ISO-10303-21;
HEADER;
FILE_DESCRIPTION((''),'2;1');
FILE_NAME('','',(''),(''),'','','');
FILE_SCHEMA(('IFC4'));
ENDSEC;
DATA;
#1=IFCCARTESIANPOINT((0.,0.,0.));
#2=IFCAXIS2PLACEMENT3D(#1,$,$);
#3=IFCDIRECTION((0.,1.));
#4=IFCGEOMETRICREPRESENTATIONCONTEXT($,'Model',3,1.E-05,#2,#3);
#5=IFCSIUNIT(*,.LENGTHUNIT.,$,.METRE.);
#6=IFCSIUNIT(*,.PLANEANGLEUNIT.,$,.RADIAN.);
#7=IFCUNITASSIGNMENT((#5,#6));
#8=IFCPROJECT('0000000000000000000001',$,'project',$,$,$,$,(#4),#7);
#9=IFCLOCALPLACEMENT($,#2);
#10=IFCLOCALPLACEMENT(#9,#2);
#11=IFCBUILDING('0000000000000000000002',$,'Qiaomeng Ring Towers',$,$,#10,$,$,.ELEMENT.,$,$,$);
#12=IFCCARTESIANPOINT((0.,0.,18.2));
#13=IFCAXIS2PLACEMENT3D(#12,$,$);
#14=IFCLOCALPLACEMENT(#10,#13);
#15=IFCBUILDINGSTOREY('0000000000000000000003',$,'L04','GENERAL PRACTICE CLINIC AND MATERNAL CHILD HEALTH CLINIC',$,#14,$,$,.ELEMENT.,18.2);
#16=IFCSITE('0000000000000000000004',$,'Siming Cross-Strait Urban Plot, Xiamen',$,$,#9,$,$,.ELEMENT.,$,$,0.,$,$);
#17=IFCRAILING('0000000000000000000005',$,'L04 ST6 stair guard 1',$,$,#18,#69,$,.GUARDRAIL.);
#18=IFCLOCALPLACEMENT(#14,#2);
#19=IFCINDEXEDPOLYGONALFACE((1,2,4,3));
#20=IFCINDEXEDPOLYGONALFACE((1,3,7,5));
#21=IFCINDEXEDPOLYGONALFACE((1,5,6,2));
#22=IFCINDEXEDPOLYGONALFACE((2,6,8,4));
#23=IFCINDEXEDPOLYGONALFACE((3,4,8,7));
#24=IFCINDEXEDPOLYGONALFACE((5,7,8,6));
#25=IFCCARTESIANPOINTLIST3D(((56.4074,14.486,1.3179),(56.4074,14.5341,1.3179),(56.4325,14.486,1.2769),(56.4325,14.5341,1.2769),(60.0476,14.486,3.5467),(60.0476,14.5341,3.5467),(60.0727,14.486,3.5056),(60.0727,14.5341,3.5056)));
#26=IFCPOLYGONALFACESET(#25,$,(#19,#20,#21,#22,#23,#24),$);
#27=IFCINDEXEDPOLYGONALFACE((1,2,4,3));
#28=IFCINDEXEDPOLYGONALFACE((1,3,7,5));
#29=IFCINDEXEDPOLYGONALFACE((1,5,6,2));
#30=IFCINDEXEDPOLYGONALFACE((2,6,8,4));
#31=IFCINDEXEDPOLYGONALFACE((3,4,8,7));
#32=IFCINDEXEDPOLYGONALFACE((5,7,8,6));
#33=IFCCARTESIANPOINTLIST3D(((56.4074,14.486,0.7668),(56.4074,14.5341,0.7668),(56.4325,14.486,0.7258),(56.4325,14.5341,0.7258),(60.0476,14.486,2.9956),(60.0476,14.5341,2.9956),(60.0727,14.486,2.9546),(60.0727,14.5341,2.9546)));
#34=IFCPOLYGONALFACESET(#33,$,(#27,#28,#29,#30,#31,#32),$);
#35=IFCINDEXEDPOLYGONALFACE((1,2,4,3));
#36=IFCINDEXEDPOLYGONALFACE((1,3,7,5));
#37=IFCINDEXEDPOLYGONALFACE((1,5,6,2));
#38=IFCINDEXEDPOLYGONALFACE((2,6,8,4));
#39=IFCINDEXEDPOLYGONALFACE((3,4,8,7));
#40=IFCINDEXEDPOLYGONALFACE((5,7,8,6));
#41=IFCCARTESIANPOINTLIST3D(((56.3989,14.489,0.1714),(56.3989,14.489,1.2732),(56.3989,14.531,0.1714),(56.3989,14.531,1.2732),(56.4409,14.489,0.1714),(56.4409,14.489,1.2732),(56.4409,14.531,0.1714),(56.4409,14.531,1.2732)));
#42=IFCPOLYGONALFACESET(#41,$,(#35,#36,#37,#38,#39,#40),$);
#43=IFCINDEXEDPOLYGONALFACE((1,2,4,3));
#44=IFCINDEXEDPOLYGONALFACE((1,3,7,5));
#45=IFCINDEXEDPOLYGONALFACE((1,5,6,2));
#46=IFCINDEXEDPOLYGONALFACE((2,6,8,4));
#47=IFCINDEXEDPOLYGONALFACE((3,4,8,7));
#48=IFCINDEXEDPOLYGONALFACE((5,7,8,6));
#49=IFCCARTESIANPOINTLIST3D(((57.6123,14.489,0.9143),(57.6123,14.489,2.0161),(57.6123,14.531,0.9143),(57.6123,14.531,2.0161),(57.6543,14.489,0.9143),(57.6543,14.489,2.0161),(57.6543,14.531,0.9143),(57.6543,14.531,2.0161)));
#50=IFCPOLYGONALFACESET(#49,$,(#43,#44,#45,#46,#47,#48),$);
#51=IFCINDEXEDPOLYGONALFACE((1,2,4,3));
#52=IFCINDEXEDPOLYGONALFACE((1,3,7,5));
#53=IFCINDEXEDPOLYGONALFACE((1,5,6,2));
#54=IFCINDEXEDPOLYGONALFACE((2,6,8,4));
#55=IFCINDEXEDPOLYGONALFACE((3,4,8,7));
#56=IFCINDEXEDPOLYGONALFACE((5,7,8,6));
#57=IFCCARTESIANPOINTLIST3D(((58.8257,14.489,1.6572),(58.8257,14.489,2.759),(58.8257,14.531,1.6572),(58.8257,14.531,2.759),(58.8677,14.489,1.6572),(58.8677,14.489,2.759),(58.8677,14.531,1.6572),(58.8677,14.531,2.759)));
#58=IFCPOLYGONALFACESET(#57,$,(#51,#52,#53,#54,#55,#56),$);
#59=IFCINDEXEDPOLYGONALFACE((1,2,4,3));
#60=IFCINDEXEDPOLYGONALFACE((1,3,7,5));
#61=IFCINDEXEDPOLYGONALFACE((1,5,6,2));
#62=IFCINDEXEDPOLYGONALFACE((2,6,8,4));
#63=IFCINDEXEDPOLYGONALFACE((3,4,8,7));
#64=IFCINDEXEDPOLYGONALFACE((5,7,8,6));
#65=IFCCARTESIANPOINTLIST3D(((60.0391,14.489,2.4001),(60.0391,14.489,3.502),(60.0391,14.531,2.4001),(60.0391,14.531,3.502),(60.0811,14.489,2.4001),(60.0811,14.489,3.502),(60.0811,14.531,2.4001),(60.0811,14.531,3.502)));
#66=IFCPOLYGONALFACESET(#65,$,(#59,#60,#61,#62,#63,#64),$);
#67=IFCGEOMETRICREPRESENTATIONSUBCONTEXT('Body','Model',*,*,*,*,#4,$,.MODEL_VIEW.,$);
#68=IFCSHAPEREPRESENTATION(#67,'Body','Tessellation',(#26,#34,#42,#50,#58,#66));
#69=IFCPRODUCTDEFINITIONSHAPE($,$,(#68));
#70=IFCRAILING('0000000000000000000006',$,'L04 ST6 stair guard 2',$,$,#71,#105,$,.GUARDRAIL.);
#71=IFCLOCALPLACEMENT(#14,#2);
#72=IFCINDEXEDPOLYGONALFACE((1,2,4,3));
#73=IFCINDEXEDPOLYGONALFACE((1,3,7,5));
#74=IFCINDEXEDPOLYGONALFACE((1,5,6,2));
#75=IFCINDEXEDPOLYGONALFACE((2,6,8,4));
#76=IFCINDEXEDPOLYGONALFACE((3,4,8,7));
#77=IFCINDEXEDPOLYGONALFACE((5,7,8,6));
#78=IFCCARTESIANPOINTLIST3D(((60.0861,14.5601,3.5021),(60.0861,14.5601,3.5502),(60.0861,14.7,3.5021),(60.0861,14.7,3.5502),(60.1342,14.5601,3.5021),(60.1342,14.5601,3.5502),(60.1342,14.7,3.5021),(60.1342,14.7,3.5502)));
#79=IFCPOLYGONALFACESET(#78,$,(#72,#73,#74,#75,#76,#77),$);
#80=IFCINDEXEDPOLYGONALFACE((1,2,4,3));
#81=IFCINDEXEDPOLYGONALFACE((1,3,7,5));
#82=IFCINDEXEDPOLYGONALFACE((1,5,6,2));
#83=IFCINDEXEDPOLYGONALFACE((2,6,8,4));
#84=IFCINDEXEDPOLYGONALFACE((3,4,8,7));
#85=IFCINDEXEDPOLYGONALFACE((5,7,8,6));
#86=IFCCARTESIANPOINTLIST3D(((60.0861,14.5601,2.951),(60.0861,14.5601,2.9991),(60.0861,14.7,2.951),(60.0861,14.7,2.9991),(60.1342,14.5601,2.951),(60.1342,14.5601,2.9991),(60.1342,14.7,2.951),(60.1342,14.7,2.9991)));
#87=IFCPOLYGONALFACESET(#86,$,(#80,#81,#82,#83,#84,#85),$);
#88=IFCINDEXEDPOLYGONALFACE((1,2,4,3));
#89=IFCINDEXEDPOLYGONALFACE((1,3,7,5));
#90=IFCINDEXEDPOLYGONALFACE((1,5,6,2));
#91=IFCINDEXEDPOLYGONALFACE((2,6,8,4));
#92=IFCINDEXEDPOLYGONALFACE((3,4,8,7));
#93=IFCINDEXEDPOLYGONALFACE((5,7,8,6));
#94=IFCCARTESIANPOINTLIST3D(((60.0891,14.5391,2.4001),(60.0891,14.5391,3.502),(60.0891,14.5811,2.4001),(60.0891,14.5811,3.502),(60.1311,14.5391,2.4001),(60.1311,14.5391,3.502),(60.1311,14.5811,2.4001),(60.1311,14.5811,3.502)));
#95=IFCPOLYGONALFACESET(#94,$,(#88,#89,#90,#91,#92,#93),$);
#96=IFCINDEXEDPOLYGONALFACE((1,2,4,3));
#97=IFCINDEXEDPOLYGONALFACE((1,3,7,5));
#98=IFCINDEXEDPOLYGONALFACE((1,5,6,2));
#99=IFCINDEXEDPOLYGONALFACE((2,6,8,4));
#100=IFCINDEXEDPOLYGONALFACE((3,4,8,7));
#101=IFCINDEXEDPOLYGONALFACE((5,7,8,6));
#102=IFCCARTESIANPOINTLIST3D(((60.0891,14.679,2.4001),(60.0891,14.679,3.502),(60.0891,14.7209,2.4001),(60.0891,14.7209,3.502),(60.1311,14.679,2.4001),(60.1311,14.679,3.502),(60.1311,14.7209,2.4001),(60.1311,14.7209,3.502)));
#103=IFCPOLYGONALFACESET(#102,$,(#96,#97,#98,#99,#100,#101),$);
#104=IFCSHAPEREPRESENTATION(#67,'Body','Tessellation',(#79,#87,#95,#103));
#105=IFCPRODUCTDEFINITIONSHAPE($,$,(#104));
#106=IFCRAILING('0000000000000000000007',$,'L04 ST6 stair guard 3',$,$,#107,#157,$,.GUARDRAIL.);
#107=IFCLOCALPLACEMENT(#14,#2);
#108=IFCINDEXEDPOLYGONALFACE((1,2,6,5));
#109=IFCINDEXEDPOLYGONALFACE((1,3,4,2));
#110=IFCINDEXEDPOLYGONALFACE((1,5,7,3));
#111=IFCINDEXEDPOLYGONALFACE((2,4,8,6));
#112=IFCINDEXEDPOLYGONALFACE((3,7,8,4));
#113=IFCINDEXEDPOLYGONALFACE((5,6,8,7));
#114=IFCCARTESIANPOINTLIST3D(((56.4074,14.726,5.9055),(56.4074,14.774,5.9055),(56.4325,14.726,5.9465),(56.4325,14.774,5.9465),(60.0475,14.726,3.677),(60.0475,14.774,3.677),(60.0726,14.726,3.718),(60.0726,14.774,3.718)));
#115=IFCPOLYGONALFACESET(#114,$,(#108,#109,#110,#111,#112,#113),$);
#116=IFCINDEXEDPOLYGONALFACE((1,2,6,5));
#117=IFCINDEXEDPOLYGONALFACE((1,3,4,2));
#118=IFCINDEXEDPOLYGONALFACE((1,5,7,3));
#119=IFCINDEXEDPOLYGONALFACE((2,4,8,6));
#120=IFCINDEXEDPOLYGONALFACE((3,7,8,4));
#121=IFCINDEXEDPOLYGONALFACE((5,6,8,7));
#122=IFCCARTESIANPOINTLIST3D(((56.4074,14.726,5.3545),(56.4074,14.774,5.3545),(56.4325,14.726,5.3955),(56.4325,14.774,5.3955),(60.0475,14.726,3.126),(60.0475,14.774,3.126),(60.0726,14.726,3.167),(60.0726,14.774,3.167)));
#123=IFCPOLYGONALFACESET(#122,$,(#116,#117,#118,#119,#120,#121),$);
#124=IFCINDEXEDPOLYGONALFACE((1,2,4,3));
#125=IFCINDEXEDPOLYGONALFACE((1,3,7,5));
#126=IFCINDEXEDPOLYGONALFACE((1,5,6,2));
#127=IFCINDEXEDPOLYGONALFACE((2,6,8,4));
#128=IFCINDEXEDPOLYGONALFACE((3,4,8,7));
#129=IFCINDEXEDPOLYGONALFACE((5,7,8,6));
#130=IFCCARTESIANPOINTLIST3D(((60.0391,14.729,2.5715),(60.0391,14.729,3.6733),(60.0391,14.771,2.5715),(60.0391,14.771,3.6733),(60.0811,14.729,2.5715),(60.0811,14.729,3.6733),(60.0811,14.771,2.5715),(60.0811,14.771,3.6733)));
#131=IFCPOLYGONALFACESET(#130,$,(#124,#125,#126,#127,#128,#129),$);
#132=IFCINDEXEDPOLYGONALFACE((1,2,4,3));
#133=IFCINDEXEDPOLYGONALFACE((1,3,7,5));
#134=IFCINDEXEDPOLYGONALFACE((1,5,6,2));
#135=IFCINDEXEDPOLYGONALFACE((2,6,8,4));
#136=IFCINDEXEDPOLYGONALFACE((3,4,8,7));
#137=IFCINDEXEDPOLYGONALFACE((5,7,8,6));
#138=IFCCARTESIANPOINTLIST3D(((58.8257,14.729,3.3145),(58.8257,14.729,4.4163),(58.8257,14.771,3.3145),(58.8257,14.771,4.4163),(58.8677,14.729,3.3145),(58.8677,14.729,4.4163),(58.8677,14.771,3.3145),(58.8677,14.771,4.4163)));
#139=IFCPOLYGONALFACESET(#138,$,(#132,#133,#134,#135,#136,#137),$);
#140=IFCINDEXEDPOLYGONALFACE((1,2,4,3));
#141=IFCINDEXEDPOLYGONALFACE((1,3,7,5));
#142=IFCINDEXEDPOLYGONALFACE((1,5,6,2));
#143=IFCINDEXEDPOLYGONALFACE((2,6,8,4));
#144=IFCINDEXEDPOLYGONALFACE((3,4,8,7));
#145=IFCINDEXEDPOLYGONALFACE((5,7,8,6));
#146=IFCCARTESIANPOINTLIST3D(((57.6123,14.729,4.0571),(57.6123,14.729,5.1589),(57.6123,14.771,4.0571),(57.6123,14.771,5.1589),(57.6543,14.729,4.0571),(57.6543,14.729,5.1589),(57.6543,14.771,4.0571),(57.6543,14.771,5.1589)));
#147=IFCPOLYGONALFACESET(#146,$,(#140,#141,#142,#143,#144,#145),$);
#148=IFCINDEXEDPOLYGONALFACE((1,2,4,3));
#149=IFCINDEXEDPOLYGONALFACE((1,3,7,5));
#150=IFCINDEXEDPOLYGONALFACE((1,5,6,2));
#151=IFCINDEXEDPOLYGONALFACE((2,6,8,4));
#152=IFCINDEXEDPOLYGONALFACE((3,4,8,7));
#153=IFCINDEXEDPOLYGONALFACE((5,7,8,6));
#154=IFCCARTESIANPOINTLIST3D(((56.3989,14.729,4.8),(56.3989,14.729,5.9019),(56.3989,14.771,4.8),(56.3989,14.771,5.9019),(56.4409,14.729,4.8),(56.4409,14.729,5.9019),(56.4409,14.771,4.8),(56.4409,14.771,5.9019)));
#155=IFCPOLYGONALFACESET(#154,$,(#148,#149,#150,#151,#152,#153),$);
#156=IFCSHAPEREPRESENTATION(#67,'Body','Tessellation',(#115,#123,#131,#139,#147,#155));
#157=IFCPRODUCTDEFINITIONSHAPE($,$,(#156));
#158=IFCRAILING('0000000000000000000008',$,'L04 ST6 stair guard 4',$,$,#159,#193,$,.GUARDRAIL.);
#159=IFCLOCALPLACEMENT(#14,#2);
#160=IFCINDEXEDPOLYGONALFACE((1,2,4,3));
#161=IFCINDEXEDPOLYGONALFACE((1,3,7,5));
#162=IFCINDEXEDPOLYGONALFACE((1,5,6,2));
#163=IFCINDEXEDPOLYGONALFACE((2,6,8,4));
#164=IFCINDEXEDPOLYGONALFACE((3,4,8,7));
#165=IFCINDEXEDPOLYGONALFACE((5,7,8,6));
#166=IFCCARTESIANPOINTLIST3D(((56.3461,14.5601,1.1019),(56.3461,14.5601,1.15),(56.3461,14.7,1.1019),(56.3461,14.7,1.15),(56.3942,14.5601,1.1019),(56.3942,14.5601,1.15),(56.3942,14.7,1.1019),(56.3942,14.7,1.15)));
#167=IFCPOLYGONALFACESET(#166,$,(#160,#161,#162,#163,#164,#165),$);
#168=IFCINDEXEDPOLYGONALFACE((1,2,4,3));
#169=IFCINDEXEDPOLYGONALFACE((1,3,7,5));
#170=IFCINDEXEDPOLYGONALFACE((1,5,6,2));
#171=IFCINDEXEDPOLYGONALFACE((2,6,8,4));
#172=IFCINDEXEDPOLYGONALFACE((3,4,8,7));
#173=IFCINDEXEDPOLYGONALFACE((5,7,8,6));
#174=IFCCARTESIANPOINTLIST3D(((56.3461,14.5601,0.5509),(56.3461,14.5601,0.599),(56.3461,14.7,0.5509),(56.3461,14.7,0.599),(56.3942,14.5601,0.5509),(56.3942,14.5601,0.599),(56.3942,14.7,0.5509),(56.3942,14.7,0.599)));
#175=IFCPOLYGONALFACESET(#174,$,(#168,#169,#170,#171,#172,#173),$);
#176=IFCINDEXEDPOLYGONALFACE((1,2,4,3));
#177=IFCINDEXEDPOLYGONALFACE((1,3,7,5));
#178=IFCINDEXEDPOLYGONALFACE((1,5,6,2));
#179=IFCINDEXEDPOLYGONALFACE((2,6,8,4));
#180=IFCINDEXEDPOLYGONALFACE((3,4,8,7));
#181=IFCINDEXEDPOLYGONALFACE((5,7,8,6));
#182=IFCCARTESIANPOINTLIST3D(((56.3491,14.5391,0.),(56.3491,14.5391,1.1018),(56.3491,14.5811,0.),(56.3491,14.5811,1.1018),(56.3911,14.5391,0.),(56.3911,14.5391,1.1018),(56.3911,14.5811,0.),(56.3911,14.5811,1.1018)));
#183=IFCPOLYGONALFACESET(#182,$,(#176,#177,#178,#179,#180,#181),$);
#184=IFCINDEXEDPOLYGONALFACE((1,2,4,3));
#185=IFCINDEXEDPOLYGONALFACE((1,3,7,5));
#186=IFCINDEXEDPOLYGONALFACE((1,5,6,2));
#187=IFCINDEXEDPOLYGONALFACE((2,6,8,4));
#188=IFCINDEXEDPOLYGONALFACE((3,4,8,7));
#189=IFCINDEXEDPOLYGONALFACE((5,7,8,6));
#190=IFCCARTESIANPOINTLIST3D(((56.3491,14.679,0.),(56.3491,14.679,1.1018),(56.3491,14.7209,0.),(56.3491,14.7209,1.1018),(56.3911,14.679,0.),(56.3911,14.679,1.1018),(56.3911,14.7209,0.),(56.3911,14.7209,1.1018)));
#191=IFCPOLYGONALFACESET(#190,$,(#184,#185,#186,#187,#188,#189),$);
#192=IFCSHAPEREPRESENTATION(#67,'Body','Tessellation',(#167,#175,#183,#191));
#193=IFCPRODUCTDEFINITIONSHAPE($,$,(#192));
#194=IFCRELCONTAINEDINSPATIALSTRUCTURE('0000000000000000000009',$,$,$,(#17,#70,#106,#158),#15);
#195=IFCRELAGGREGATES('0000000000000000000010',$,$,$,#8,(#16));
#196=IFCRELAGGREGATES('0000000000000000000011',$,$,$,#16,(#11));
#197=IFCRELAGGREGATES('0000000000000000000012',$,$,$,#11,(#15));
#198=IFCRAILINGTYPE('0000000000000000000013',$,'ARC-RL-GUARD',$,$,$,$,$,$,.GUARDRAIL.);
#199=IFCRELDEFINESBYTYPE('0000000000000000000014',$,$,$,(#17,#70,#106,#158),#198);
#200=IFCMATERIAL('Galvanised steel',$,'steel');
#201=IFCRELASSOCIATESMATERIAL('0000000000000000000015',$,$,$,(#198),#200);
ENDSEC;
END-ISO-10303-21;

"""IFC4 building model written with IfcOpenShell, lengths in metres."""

from ifc_helpers import new_model, si_unit, direction, frame, origin, origin_2d, place, context, subcontext, project, spatial, rectangle, extrude, material, type_object, element, save


model = new_model("IFC4")

# Units and contexts
model_context = context("Model", 3, precision=1e-05, world=origin(), true_north=direction((0.0, 1.0)))
body_context = subcontext(model_context, "Body", "Model", "MODEL_VIEW")
ifc_project = project(units=[si_unit("LENGTHUNIT", "METRE"), si_unit("PLANEANGLEUNIT", "RADIAN")], contexts=[model_context])

# Site, building, storey
site_placement = place(None, origin())
site = spatial("IfcSite", under=ifc_project, at=site_placement, Name="Siming Cross-Strait Urban Plot, Xiamen", CompositionType="ELEMENT", RefElevation=0.0)
building_placement = place(site_placement, origin())
building = spatial("IfcBuilding", under=site, at=building_placement, Name="Qiaomeng Ring Towers", CompositionType="ELEMENT")
storey_placement = place(building_placement, frame((0.0, 0.0, 18.2)))
storey = spatial("IfcBuildingStorey", under=building, at=storey_placement, Name="L04", Description="GENERAL PRACTICE CLINIC AND MATERNAL CHILD HEALTH CLINIC", CompositionType="ELEMENT", Elevation=18.2)

# Shared definitions
ifc_material_1 = material(Name="Galvanised steel", Category="steel")

# Railings
railing_type_1 = type_object("IfcRailingType", Name="ARC-RL-GUARD", PredefinedType="GUARDRAIL", material=ifc_material_1)
railing_1_placement = place(storey_placement, frame((56.4199, 14.51, 0.1714)))
element("IfcRailing", 1, at=railing_1_placement, inside=storey, type_object=railing_type_1, Name="L04 ST6 stair guard 1", PredefinedType="GUARDRAIL", context=body_context, shape_type="SweptSolid", body=[
    extrude(rectangle(XDim=0.0481, YDim=0.0481, at=origin_2d()), frame((0.0, 0.0, 1.126), z_axis=(0.85284, 0.0, 0.522172), x_axis=(0.0, 1.0, 0.0)), (0.0, 0.0, 1.0), 4.2683),
    extrude(rectangle(XDim=0.0481, YDim=0.0481, at=origin_2d()), frame((0.0, 0.0, 0.575), z_axis=(0.85284, 0.0, 0.522172), x_axis=(0.0, 1.0, 0.0)), (0.0, 0.0, 1.0), 4.2683),
    extrude(rectangle(XDim=0.042, YDim=0.042, at=origin_2d()), origin(), (0.0, 0.0, 1.0), 1.1018),
    extrude(rectangle(XDim=0.042, YDim=0.042, at=origin_2d()), frame((1.2134, 0.0, 0.7429)), (0.0, 0.0, 1.0), 1.1018),
    extrude(rectangle(XDim=0.042, YDim=0.042, at=origin_2d()), frame((2.4268, 0.0, 1.4858)), (0.0, 0.0, 1.0), 1.1018),
    extrude(rectangle(XDim=0.042, YDim=0.042, at=origin_2d()), frame((3.6401, 0.0, 2.2288)), (0.0, 0.0, 1.0), 1.1018),
])
railing_2_placement = place(storey_placement, frame((60.1101, 14.5601, 2.4001)))
element("IfcRailing", 2, at=railing_2_placement, inside=storey, type_object=railing_type_1, Name="L04 ST6 stair guard 2", PredefinedType="GUARDRAIL", context=body_context, shape_type="SweptSolid", body=[
    extrude(rectangle(XDim=0.0481, YDim=0.0481, at=origin_2d()), frame((0.0, 0.0, 1.126), z_axis=(0.0, 1.0, 0.0), x_axis=(-1.0, 0.0, 0.0)), (0.0, 0.0, 1.0), 0.1399),
    extrude(rectangle(XDim=0.0481, YDim=0.0481, at=origin_2d()), frame((0.0, 0.0, 0.575), z_axis=(0.0, 1.0, 0.0), x_axis=(-1.0, 0.0, 0.0)), (0.0, 0.0, 1.0), 0.1399),
    extrude(rectangle(XDim=0.042, YDim=0.042, at=origin_2d()), origin(), (0.0, 0.0, 1.0), 1.1018),
    extrude(rectangle(XDim=0.042, YDim=0.042, at=origin_2d()), frame((0.0, 0.1399, 0.0)), (0.0, 0.0, 1.0), 1.1018),
])
railing_3_placement = place(storey_placement, frame((60.0601, 14.75, 2.5715)))
element("IfcRailing", 3, at=railing_3_placement, inside=storey, type_object=railing_type_1, Name="L04 ST6 stair guard 3", PredefinedType="GUARDRAIL", context=body_context, shape_type="SweptSolid", body=[
    extrude(rectangle(XDim=0.0481, YDim=0.0481, at=origin_2d()), frame((0.0, 0.0, 1.126), z_axis=(-0.852866, 0.0, 0.52213), x_axis=(0.0, -1.0, 0.0)), (0.0, 0.0, 1.0), 4.2681),
    extrude(rectangle(XDim=0.0481, YDim=0.0481, at=origin_2d()), frame((0.0, 0.0, 0.575), z_axis=(-0.852866, 0.0, 0.52213), x_axis=(0.0, -1.0, 0.0)), (0.0, 0.0, 1.0), 4.2681),
    extrude(rectangle(XDim=0.042, YDim=0.042, at=origin_2d()), origin(), (0.0, 0.0, 1.0), 1.1018),
    extrude(rectangle(XDim=0.042, YDim=0.042, at=origin_2d()), frame((-1.2134, 0.0, 0.7429)), (0.0, 0.0, 1.0), 1.1018),
    extrude(rectangle(XDim=0.042, YDim=0.042, at=origin_2d()), frame((-2.4268, 0.0, 1.4856)), (0.0, 0.0, 1.0), 1.1018),
    extrude(rectangle(XDim=0.042, YDim=0.042, at=origin_2d()), frame((-3.6401, 0.0, 2.2285)), (0.0, 0.0, 1.0), 1.1018),
])
railing_4_placement = place(storey_placement, frame((56.3701, 14.5601, 0.0)))
element("IfcRailing", 4, at=railing_4_placement, inside=storey, type_object=railing_type_1, Name="L04 ST6 stair guard 4", PredefinedType="GUARDRAIL", context=body_context, shape_type="SweptSolid", body=[
    extrude(rectangle(XDim=0.0481, YDim=0.0481, at=origin_2d()), frame((0.0, 0.0, 1.126), z_axis=(0.0, 1.0, 0.0), x_axis=(-1.0, 0.0, 0.0)), (0.0, 0.0, 1.0), 0.1399),
    extrude(rectangle(XDim=0.0481, YDim=0.0481, at=origin_2d()), frame((0.0, 0.0, 0.575), z_axis=(0.0, 1.0, 0.0), x_axis=(-1.0, 0.0, 0.0)), (0.0, 0.0, 1.0), 0.1399),
    extrude(rectangle(XDim=0.042, YDim=0.042, at=origin_2d()), origin(), (0.0, 0.0, 1.0), 1.1018),
    extrude(rectangle(XDim=0.042, YDim=0.042, at=origin_2d()), frame((0.0, 0.1399, 0.0)), (0.0, 0.0, 1.0), 1.1018),
])

save(model, "model.ifc")
